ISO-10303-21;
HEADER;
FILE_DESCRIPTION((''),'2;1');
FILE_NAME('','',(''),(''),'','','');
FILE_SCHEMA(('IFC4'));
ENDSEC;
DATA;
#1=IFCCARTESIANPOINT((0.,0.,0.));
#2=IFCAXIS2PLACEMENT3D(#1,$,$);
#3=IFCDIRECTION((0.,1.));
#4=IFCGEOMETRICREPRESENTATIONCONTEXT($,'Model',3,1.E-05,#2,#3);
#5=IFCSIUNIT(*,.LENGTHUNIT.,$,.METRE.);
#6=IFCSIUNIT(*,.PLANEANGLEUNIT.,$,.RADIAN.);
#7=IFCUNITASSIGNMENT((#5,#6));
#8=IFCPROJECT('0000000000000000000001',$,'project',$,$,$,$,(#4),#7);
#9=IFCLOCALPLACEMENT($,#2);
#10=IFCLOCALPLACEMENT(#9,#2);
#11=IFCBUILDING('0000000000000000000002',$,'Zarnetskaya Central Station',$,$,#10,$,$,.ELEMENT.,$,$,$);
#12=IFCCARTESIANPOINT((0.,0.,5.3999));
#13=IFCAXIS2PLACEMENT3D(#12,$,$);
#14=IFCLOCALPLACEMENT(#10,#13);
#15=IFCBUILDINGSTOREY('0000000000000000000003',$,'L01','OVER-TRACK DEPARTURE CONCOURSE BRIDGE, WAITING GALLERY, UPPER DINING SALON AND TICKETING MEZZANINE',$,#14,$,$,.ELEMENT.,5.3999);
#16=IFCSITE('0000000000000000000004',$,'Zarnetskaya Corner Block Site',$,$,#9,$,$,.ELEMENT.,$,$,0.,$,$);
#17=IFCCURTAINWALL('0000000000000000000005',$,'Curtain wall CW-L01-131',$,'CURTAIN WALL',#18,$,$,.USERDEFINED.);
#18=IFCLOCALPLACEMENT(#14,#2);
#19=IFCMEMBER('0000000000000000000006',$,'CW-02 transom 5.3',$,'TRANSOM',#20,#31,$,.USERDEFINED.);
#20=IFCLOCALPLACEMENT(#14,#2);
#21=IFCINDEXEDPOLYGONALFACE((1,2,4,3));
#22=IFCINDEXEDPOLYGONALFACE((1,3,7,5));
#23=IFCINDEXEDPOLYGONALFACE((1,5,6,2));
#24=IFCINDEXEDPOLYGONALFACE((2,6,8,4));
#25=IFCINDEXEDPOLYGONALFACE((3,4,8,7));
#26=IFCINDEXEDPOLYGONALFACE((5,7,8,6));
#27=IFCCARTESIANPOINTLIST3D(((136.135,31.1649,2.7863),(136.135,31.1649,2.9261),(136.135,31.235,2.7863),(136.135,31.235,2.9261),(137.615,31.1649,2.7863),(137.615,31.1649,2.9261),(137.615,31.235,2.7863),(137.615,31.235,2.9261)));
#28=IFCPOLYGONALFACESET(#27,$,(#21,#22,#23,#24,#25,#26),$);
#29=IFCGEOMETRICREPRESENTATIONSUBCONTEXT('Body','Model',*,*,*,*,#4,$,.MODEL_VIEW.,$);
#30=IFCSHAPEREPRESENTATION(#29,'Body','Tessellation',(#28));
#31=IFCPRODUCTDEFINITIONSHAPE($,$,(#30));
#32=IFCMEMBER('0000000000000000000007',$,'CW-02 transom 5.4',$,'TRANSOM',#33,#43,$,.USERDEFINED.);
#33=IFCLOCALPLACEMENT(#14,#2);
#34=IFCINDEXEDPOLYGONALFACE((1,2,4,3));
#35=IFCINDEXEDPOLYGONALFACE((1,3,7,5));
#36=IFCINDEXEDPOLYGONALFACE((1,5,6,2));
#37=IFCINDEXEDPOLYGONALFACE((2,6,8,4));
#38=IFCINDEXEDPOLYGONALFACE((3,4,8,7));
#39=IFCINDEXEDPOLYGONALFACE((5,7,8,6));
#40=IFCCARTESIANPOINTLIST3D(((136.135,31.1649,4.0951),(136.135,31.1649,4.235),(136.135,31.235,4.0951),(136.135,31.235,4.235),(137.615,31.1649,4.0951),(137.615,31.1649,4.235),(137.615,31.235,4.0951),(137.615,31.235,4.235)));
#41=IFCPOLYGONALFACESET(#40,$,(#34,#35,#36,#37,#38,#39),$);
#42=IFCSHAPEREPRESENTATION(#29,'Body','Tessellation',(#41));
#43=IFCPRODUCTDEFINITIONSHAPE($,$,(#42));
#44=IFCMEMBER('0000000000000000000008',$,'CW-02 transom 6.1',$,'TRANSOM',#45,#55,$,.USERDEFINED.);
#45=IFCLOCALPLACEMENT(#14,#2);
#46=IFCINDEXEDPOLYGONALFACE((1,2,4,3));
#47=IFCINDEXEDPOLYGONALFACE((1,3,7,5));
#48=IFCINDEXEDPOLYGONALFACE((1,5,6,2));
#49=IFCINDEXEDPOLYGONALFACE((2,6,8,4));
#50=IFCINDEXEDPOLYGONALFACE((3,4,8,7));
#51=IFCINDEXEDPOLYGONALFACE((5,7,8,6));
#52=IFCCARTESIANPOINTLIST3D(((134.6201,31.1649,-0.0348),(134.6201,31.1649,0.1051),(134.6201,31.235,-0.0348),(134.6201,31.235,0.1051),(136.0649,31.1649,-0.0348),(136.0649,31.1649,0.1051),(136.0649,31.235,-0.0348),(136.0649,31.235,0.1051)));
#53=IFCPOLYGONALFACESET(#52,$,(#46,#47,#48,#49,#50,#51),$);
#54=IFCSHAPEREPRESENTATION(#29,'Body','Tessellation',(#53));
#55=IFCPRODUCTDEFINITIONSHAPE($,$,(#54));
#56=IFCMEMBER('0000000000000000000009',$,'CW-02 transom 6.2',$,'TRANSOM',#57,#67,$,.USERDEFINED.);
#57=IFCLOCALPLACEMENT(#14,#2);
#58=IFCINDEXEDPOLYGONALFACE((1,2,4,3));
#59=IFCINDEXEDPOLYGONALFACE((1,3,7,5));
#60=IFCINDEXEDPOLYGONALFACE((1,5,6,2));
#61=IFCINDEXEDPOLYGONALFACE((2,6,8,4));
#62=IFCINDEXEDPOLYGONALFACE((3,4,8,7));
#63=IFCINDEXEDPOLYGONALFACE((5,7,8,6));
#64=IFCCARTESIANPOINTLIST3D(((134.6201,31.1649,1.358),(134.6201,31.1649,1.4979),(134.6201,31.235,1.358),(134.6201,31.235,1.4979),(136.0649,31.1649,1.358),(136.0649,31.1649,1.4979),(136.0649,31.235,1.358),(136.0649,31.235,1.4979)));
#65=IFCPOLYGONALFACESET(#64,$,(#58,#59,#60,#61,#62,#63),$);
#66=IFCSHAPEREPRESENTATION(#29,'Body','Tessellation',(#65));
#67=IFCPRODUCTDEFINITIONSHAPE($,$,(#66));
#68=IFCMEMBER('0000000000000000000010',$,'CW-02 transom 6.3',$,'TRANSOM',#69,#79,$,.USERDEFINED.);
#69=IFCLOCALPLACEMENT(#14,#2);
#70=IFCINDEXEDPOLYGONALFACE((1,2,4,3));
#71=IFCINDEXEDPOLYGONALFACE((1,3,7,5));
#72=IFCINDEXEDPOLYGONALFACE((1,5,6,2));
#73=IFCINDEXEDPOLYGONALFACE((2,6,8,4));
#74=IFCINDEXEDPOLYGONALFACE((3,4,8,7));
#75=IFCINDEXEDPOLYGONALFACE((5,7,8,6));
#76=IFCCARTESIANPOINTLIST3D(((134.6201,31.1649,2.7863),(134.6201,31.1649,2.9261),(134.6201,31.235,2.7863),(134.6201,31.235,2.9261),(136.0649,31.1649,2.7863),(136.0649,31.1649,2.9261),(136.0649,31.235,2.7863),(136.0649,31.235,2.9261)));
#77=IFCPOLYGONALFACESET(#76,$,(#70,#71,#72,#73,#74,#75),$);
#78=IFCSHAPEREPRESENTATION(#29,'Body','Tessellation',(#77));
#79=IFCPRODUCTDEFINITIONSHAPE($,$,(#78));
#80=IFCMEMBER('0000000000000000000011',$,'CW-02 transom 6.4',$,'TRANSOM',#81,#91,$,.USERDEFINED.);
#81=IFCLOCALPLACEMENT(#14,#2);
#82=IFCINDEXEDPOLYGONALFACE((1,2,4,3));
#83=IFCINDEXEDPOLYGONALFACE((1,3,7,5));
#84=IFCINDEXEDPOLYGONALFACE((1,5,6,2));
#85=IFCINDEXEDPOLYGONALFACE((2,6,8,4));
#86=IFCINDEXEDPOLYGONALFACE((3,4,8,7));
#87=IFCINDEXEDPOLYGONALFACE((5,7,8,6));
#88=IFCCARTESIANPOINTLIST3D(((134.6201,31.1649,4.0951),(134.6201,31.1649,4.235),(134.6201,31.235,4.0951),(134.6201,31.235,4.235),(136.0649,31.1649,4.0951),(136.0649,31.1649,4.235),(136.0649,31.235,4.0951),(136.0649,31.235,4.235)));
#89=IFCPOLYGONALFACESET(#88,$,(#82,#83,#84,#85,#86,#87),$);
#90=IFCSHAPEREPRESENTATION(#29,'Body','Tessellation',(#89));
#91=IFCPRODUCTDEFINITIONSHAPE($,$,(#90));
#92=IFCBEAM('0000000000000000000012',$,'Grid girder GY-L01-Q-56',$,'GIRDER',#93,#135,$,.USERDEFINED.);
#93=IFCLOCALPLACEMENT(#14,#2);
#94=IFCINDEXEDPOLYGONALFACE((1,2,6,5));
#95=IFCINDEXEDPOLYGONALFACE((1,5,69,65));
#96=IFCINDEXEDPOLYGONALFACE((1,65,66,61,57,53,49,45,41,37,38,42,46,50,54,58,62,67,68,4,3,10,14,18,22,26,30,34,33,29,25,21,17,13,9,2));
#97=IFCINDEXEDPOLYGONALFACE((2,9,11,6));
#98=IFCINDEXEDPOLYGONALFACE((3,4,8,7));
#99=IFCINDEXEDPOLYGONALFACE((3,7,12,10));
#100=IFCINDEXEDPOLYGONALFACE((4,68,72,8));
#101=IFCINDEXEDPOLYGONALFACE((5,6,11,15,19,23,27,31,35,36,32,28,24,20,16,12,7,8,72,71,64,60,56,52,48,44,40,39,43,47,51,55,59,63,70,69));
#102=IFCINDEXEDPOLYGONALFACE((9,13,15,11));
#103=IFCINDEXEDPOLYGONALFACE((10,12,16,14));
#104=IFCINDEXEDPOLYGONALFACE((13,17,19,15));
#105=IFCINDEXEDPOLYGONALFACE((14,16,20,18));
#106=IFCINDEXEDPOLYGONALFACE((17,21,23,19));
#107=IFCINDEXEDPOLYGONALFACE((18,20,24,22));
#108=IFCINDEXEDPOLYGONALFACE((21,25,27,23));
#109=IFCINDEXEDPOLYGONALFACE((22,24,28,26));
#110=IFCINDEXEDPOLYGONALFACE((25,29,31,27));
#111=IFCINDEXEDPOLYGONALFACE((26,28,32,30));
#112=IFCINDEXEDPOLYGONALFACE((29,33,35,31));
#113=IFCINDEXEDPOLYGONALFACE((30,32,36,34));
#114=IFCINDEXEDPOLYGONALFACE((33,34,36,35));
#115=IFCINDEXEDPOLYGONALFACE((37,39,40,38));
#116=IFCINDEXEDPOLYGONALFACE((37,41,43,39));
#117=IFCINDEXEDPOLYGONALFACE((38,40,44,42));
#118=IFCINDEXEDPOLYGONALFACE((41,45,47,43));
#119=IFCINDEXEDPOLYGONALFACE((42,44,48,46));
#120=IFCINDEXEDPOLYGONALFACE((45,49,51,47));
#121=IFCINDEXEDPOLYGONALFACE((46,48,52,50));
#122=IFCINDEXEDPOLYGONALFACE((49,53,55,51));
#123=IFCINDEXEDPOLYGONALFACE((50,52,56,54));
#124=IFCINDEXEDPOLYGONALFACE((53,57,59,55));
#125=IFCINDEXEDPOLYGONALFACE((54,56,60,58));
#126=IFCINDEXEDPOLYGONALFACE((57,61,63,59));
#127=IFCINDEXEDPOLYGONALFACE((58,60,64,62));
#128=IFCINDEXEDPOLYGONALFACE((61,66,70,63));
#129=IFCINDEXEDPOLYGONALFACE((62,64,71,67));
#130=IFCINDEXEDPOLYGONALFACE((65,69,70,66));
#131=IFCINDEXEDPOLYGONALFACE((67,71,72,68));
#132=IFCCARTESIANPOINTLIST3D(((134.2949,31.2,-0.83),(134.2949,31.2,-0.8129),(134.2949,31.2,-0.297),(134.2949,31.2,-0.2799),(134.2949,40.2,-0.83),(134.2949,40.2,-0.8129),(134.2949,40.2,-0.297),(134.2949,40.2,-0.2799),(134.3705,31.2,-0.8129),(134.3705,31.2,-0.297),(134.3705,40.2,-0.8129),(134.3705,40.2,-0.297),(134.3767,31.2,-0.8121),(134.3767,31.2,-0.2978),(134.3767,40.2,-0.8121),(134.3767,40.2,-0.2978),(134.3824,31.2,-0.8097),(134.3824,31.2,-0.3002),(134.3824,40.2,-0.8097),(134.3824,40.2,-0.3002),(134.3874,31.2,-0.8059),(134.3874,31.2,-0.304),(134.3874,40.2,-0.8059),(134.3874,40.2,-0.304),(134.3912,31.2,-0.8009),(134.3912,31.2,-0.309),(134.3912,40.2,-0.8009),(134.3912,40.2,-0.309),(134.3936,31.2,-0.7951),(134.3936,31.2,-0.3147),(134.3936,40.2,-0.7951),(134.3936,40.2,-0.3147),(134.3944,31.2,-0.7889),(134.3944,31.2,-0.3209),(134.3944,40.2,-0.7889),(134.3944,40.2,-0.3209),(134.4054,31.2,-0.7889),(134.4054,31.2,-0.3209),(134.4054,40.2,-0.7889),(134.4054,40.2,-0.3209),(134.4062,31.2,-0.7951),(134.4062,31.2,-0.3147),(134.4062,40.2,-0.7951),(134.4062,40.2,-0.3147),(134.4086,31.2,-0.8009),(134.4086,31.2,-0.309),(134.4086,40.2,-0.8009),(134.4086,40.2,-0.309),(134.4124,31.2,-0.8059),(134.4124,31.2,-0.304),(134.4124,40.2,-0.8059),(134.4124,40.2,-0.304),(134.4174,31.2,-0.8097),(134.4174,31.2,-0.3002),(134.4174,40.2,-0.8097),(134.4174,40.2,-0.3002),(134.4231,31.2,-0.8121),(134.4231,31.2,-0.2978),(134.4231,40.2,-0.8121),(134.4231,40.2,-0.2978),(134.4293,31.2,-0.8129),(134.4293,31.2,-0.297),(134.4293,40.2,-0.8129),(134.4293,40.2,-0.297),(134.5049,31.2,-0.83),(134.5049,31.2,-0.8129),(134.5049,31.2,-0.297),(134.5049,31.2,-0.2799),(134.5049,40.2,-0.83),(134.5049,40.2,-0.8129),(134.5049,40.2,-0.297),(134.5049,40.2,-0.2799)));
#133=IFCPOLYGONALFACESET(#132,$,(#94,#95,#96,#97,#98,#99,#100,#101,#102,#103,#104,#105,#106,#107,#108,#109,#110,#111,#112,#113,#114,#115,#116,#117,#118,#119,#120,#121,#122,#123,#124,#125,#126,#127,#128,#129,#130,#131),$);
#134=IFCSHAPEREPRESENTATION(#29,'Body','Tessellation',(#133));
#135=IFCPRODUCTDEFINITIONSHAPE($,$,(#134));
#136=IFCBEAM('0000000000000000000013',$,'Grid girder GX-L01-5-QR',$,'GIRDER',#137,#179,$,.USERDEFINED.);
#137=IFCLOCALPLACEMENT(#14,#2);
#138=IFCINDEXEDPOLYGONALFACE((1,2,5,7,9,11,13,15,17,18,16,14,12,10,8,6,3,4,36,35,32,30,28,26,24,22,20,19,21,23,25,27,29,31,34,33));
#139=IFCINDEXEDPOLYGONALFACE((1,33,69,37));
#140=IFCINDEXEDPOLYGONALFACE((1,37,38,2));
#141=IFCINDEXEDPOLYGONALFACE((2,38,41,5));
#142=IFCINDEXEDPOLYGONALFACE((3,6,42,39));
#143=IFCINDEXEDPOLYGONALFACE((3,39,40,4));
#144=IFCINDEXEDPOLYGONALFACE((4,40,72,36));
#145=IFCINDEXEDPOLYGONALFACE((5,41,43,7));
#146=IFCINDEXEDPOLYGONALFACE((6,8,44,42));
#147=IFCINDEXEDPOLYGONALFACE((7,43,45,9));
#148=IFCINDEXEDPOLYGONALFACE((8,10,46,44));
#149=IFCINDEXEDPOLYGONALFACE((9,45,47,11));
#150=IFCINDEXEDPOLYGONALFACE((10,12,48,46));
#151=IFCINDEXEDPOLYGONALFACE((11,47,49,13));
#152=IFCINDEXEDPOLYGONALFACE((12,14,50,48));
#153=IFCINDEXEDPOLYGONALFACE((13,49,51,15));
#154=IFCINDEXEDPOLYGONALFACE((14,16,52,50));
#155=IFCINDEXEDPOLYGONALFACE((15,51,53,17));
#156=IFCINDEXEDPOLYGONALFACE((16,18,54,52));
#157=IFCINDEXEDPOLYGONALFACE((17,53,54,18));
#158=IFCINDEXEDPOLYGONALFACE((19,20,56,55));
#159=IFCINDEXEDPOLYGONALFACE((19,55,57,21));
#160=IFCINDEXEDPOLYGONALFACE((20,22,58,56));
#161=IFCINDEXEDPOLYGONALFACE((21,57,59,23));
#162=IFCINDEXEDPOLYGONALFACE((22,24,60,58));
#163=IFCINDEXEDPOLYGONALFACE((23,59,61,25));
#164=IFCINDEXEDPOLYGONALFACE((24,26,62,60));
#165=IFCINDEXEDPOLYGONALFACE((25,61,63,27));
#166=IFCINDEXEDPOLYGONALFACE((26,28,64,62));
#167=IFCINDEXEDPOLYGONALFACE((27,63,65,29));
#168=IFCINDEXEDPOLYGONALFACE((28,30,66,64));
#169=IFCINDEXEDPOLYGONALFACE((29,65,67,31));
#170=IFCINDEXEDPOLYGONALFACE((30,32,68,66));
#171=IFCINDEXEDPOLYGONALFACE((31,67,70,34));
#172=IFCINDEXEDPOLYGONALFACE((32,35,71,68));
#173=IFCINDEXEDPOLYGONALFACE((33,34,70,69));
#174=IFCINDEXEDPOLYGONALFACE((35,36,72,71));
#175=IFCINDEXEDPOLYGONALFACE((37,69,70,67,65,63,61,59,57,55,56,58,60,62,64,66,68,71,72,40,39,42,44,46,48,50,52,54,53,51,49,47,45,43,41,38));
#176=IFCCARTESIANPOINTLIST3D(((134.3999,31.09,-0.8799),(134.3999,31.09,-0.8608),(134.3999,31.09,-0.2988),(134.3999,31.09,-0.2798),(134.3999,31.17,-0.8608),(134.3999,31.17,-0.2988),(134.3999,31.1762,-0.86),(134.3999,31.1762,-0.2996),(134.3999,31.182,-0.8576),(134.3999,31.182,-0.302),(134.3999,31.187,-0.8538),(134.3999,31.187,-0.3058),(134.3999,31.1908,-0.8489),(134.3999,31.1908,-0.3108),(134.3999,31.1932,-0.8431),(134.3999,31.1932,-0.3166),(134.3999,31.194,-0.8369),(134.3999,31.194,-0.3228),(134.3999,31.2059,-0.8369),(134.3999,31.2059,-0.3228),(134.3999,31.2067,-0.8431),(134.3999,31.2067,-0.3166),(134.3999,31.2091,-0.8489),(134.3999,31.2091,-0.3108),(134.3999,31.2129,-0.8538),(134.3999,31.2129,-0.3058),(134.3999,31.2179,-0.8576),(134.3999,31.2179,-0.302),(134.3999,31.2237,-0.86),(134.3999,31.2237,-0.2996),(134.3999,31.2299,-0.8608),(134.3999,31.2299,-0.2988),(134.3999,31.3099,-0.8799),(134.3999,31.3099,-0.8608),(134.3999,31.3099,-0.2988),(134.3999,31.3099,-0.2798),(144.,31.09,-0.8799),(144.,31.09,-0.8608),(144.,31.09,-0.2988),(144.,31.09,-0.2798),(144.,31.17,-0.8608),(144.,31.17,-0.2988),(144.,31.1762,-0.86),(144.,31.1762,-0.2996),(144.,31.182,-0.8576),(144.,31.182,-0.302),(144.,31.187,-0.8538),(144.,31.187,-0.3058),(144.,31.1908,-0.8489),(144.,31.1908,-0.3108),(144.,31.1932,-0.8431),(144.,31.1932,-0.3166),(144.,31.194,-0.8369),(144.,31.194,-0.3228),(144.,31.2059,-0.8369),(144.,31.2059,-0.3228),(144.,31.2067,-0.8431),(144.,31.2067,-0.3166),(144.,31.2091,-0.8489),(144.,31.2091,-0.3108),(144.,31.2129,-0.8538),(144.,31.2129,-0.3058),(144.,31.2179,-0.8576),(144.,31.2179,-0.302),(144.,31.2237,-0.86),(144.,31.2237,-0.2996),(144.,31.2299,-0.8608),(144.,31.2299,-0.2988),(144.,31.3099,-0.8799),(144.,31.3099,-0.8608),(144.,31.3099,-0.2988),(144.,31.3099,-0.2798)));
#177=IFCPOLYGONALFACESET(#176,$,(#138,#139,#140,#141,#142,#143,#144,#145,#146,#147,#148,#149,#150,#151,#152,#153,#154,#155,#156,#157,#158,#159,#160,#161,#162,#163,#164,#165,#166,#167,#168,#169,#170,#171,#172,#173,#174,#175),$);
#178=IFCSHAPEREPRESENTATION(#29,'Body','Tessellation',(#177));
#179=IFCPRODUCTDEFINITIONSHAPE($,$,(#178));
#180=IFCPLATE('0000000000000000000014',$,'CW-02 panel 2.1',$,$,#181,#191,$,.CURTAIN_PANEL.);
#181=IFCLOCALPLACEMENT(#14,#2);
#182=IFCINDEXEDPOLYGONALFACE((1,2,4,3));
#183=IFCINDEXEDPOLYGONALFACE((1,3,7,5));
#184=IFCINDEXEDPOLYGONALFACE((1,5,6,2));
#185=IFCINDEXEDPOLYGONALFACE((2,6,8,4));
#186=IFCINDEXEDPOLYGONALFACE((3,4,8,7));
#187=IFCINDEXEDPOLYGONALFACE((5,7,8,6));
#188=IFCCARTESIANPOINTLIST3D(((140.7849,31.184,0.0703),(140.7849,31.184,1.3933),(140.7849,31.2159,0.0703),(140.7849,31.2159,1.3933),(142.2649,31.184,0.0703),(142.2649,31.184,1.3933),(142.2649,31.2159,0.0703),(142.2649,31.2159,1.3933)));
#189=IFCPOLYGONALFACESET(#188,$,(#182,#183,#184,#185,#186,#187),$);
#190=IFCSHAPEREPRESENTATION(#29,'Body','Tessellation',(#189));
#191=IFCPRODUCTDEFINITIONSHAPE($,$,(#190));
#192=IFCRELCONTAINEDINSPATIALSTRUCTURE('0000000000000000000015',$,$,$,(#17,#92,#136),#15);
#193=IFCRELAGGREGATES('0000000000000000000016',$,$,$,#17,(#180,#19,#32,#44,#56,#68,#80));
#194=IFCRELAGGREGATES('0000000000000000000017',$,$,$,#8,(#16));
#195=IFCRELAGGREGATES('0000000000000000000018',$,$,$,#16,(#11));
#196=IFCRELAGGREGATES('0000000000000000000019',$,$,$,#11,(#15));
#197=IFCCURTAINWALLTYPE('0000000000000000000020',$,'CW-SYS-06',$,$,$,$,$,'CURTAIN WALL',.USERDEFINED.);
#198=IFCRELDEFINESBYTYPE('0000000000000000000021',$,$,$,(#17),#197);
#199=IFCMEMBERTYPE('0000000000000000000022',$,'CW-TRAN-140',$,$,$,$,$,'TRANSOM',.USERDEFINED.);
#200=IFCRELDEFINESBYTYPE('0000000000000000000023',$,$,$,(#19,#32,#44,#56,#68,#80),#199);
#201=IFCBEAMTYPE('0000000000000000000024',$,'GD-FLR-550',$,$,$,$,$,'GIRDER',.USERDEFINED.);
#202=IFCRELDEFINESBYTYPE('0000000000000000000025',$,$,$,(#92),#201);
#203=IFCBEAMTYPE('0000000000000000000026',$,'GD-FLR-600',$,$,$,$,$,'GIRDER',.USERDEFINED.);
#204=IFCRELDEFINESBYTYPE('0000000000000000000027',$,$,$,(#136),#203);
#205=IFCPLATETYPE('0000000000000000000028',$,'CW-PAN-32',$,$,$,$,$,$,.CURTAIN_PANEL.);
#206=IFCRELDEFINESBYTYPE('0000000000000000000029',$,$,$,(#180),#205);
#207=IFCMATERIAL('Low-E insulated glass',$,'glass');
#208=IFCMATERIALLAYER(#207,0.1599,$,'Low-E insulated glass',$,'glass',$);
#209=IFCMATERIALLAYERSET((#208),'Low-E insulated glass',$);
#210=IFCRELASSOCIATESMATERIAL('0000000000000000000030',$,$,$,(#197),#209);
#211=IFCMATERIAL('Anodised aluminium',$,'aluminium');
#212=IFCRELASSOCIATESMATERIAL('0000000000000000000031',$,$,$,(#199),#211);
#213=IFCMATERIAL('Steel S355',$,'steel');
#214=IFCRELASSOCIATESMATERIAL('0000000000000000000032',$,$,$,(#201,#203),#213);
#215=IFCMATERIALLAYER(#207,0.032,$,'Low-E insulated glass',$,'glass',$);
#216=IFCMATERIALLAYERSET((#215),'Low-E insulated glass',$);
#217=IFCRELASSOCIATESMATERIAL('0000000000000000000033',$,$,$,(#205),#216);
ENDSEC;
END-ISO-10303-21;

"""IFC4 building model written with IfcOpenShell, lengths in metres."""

from ifc_helpers import new_model, si_unit, direction, frame, origin, origin_2d, place, context, subcontext, project, spatial, rectangle, i_section, extrude, material, layer, layer_set, material_profile, profile_set, type_object, element, aggregate, save


model = new_model("IFC4")

# Units and contexts
model_context = context("Model", 3, precision=1e-05, world=origin(), true_north=direction((0.0, 1.0)))
body_context = subcontext(model_context, "Body", "Model", "MODEL_VIEW")
ifc_project = project(units=[si_unit("LENGTHUNIT", "METRE"), si_unit("PLANEANGLEUNIT", "RADIAN")], contexts=[model_context])

# Site, building, storey
site_placement = place(None, origin())
site = spatial("IfcSite", under=ifc_project, at=site_placement, Name="Zarnetskaya Corner Block Site", CompositionType="ELEMENT", RefElevation=0.0)
building_placement = place(site_placement, origin())
building = spatial("IfcBuilding", under=site, at=building_placement, Name="Zarnetskaya Central Station", CompositionType="ELEMENT")
storey_placement = place(building_placement, frame((0.0, 0.0, 5.3999)))
storey = spatial("IfcBuildingStorey", under=building, at=storey_placement, Name="L01", Description="OVER-TRACK DEPARTURE CONCOURSE BRIDGE, WAITING GALLERY, UPPER DINING SALON AND TICKETING MEZZANINE", CompositionType="ELEMENT", Elevation=5.3999)

# Curtain wall, members
ifc_material_1 = material(Name="Low-E insulated glass", Category="glass")
ifc_layer_1 = layer(ifc_material_1, 0.1599, Name="Low-E insulated glass", Category="glass")
ifc_layer_set_1 = layer_set([ifc_layer_1], Name="Low-E insulated glass")
curtain_wall_type = type_object("IfcCurtainWallType", Name="CW-SYS-06", ElementType="CURTAIN WALL", PredefinedType="USERDEFINED", material=ifc_layer_set_1)
curtain_wall_placement = place(storey_placement, origin())
curtain_wall = element("IfcCurtainWall", 1, at=curtain_wall_placement, inside=storey, type_object=curtain_wall_type, Name="Curtain wall CW-L01-131", ObjectType="CURTAIN WALL", PredefinedType="USERDEFINED")
ifc_material_2 = material(Name="Anodised aluminium", Category="aluminium")
ifc_material_profile_1 = material_profile(ifc_material_2, rectangle(XDim=0.0701, YDim=0.1399, at=origin_2d()), Name="ALU TRAN 70x140")
ifc_profile_set_1 = profile_set([ifc_material_profile_1], Name="Anodised aluminium")
member_type_1 = type_object("IfcMemberType", Name="CW-TRAN-140", ElementType="TRANSOM", PredefinedType="USERDEFINED", material=ifc_profile_set_1)
member_1_placement = place(storey_placement, frame((137.615, 31.2, 2.8562), z_axis=(-1.0, 0.0, 0.0), x_axis=(0.0, -1.0, 0.0)))
member_1 = element("IfcMember", 2, at=member_1_placement, type_object=member_type_1, Name="CW-02 transom 5.3", ObjectType="TRANSOM", PredefinedType="USERDEFINED", context=body_context, shape_type="SweptSolid", body=[
    extrude(rectangle(XDim=0.0701, YDim=0.1399, at=origin_2d()), origin(), (0.0, 0.0, 1.0), 1.48),
])
member_2_placement = place(storey_placement, frame((137.615, 31.2, 4.165), z_axis=(-1.0, 0.0, 0.0), x_axis=(0.0, -1.0, 0.0)))
member_2 = element("IfcMember", 3, at=member_2_placement, type_object=member_type_1, Name="CW-02 transom 5.4", ObjectType="TRANSOM", PredefinedType="USERDEFINED", context=body_context, shape_type="SweptSolid", body=[
    extrude(rectangle(XDim=0.0701, YDim=0.1399, at=origin_2d()), origin(), (0.0, 0.0, 1.0), 1.48),
])
member_3_placement = place(storey_placement, frame((136.0649, 31.2, 0.0352), z_axis=(-1.0, 0.0, 0.0), x_axis=(0.0, -1.0, 0.0)))
member_3 = element("IfcMember", 4, at=member_3_placement, type_object=member_type_1, Name="CW-02 transom 6.1", ObjectType="TRANSOM", PredefinedType="USERDEFINED", context=body_context, shape_type="SweptSolid", body=[
    extrude(rectangle(XDim=0.0701, YDim=0.1399, at=origin_2d()), origin(), (0.0, 0.0, 1.0), 1.4448),
])
member_4_placement = place(storey_placement, frame((136.0649, 31.2, 1.428), z_axis=(-1.0, 0.0, 0.0), x_axis=(0.0, -1.0, 0.0)))
member_4 = element("IfcMember", 5, at=member_4_placement, type_object=member_type_1, Name="CW-02 transom 6.2", ObjectType="TRANSOM", PredefinedType="USERDEFINED", context=body_context, shape_type="SweptSolid", body=[
    extrude(rectangle(XDim=0.0701, YDim=0.1399, at=origin_2d()), origin(), (0.0, 0.0, 1.0), 1.4448),
])
member_5_placement = place(storey_placement, frame((136.0649, 31.2, 2.8562), z_axis=(-1.0, 0.0, 0.0), x_axis=(0.0, -1.0, 0.0)))
member_5 = element("IfcMember", 6, at=member_5_placement, type_object=member_type_1, Name="CW-02 transom 6.3", ObjectType="TRANSOM", PredefinedType="USERDEFINED", context=body_context, shape_type="SweptSolid", body=[
    extrude(rectangle(XDim=0.0701, YDim=0.1399, at=origin_2d()), origin(), (0.0, 0.0, 1.0), 1.4448),
])
member_6_placement = place(storey_placement, frame((136.0649, 31.2, 4.165), z_axis=(-1.0, 0.0, 0.0), x_axis=(0.0, -1.0, 0.0)))
member_6 = element("IfcMember", 7, at=member_6_placement, type_object=member_type_1, Name="CW-02 transom 6.4", ObjectType="TRANSOM", PredefinedType="USERDEFINED", context=body_context, shape_type="SweptSolid", body=[
    extrude(rectangle(XDim=0.0701, YDim=0.1399, at=origin_2d()), origin(), (0.0, 0.0, 1.0), 1.4448),
])

# Beams
ifc_material_3 = material(Name="Steel S355", Category="steel")
ifc_material_profile_2 = material_profile(ifc_material_3, i_section(OverallWidth=0.21, OverallDepth=0.55, WebThickness=0.011, FlangeThickness=0.0171, FilletRadius=0.0239, at=origin_2d()), Name="IPE 550")
ifc_profile_set_2 = profile_set([ifc_material_profile_2], Name="Steel S355")
beam_type_1 = type_object("IfcBeamType", Name="GD-FLR-550", ElementType="GIRDER", PredefinedType="USERDEFINED", material=ifc_profile_set_2)
beam_1_placement = place(storey_placement, frame((134.3999, 31.2, -0.5549), z_axis=(0.0, 1.0, 0.0), x_axis=(-1.0, 0.0, 0.0)))
element("IfcBeam", 8, at=beam_1_placement, inside=storey, type_object=beam_type_1, Name="Grid girder GY-L01-Q-56", ObjectType="GIRDER", PredefinedType="USERDEFINED", context=body_context, shape_type="SweptSolid", body=[
    extrude(i_section(OverallWidth=0.21, OverallDepth=0.55, WebThickness=0.011, FlangeThickness=0.0171, FilletRadius=0.0239, at=origin_2d()), origin(), (0.0, 0.0, 1.0), 9.0),
])
ifc_material_profile_3 = material_profile(ifc_material_3, i_section(OverallWidth=0.22, OverallDepth=0.6001, WebThickness=0.012, FlangeThickness=0.019, FilletRadius=0.0239, at=origin_2d()), Name="IPE 600")
ifc_profile_set_3 = profile_set([ifc_material_profile_3], Name="Steel S355")
beam_type_2 = type_object("IfcBeamType", Name="GD-FLR-600", ElementType="GIRDER", PredefinedType="USERDEFINED", material=ifc_profile_set_3)
beam_2_placement = place(storey_placement, frame((134.3999, 31.2, -0.5798), z_axis=(1.0, 0.0, 0.0), x_axis=(0.0, 1.0, 0.0)))
element("IfcBeam", 9, at=beam_2_placement, inside=storey, type_object=beam_type_2, Name="Grid girder GX-L01-5-QR", ObjectType="GIRDER", PredefinedType="USERDEFINED", context=body_context, shape_type="SweptSolid", body=[
    extrude(i_section(OverallWidth=0.22, OverallDepth=0.6001, WebThickness=0.012, FlangeThickness=0.019, FilletRadius=0.0239, at=origin_2d()), origin(), (0.0, 0.0, 1.0), 9.6001),
])

# Plate
ifc_layer_2 = layer(ifc_material_1, 0.032, Name="Low-E insulated glass", Category="glass")
ifc_layer_set_2 = layer_set([ifc_layer_2], Name="Low-E insulated glass")
plate_type = type_object("IfcPlateType", Name="CW-PAN-32", PredefinedType="CURTAIN_PANEL", material=ifc_layer_set_2)
plate_1_placement = place(storey_placement, frame((141.5249, 31.2, 0.0703), z_axis=(0.0, 0.0, 1.0), x_axis=(-1.0, 0.0, 0.0)))
plate_1 = element("IfcPlate", 10, at=plate_1_placement, type_object=plate_type, Name="CW-02 panel 2.1", PredefinedType="CURTAIN_PANEL", context=body_context, shape_type="SweptSolid", body=[
    extrude(rectangle(XDim=1.48, YDim=0.032, at=origin_2d()), origin(), (0.0, 0.0, 1.0), 1.323),
])
aggregate(curtain_wall, [plate_1, member_1, member_2, member_3, member_4, member_5, member_6])

save(model, "model.ifc")
